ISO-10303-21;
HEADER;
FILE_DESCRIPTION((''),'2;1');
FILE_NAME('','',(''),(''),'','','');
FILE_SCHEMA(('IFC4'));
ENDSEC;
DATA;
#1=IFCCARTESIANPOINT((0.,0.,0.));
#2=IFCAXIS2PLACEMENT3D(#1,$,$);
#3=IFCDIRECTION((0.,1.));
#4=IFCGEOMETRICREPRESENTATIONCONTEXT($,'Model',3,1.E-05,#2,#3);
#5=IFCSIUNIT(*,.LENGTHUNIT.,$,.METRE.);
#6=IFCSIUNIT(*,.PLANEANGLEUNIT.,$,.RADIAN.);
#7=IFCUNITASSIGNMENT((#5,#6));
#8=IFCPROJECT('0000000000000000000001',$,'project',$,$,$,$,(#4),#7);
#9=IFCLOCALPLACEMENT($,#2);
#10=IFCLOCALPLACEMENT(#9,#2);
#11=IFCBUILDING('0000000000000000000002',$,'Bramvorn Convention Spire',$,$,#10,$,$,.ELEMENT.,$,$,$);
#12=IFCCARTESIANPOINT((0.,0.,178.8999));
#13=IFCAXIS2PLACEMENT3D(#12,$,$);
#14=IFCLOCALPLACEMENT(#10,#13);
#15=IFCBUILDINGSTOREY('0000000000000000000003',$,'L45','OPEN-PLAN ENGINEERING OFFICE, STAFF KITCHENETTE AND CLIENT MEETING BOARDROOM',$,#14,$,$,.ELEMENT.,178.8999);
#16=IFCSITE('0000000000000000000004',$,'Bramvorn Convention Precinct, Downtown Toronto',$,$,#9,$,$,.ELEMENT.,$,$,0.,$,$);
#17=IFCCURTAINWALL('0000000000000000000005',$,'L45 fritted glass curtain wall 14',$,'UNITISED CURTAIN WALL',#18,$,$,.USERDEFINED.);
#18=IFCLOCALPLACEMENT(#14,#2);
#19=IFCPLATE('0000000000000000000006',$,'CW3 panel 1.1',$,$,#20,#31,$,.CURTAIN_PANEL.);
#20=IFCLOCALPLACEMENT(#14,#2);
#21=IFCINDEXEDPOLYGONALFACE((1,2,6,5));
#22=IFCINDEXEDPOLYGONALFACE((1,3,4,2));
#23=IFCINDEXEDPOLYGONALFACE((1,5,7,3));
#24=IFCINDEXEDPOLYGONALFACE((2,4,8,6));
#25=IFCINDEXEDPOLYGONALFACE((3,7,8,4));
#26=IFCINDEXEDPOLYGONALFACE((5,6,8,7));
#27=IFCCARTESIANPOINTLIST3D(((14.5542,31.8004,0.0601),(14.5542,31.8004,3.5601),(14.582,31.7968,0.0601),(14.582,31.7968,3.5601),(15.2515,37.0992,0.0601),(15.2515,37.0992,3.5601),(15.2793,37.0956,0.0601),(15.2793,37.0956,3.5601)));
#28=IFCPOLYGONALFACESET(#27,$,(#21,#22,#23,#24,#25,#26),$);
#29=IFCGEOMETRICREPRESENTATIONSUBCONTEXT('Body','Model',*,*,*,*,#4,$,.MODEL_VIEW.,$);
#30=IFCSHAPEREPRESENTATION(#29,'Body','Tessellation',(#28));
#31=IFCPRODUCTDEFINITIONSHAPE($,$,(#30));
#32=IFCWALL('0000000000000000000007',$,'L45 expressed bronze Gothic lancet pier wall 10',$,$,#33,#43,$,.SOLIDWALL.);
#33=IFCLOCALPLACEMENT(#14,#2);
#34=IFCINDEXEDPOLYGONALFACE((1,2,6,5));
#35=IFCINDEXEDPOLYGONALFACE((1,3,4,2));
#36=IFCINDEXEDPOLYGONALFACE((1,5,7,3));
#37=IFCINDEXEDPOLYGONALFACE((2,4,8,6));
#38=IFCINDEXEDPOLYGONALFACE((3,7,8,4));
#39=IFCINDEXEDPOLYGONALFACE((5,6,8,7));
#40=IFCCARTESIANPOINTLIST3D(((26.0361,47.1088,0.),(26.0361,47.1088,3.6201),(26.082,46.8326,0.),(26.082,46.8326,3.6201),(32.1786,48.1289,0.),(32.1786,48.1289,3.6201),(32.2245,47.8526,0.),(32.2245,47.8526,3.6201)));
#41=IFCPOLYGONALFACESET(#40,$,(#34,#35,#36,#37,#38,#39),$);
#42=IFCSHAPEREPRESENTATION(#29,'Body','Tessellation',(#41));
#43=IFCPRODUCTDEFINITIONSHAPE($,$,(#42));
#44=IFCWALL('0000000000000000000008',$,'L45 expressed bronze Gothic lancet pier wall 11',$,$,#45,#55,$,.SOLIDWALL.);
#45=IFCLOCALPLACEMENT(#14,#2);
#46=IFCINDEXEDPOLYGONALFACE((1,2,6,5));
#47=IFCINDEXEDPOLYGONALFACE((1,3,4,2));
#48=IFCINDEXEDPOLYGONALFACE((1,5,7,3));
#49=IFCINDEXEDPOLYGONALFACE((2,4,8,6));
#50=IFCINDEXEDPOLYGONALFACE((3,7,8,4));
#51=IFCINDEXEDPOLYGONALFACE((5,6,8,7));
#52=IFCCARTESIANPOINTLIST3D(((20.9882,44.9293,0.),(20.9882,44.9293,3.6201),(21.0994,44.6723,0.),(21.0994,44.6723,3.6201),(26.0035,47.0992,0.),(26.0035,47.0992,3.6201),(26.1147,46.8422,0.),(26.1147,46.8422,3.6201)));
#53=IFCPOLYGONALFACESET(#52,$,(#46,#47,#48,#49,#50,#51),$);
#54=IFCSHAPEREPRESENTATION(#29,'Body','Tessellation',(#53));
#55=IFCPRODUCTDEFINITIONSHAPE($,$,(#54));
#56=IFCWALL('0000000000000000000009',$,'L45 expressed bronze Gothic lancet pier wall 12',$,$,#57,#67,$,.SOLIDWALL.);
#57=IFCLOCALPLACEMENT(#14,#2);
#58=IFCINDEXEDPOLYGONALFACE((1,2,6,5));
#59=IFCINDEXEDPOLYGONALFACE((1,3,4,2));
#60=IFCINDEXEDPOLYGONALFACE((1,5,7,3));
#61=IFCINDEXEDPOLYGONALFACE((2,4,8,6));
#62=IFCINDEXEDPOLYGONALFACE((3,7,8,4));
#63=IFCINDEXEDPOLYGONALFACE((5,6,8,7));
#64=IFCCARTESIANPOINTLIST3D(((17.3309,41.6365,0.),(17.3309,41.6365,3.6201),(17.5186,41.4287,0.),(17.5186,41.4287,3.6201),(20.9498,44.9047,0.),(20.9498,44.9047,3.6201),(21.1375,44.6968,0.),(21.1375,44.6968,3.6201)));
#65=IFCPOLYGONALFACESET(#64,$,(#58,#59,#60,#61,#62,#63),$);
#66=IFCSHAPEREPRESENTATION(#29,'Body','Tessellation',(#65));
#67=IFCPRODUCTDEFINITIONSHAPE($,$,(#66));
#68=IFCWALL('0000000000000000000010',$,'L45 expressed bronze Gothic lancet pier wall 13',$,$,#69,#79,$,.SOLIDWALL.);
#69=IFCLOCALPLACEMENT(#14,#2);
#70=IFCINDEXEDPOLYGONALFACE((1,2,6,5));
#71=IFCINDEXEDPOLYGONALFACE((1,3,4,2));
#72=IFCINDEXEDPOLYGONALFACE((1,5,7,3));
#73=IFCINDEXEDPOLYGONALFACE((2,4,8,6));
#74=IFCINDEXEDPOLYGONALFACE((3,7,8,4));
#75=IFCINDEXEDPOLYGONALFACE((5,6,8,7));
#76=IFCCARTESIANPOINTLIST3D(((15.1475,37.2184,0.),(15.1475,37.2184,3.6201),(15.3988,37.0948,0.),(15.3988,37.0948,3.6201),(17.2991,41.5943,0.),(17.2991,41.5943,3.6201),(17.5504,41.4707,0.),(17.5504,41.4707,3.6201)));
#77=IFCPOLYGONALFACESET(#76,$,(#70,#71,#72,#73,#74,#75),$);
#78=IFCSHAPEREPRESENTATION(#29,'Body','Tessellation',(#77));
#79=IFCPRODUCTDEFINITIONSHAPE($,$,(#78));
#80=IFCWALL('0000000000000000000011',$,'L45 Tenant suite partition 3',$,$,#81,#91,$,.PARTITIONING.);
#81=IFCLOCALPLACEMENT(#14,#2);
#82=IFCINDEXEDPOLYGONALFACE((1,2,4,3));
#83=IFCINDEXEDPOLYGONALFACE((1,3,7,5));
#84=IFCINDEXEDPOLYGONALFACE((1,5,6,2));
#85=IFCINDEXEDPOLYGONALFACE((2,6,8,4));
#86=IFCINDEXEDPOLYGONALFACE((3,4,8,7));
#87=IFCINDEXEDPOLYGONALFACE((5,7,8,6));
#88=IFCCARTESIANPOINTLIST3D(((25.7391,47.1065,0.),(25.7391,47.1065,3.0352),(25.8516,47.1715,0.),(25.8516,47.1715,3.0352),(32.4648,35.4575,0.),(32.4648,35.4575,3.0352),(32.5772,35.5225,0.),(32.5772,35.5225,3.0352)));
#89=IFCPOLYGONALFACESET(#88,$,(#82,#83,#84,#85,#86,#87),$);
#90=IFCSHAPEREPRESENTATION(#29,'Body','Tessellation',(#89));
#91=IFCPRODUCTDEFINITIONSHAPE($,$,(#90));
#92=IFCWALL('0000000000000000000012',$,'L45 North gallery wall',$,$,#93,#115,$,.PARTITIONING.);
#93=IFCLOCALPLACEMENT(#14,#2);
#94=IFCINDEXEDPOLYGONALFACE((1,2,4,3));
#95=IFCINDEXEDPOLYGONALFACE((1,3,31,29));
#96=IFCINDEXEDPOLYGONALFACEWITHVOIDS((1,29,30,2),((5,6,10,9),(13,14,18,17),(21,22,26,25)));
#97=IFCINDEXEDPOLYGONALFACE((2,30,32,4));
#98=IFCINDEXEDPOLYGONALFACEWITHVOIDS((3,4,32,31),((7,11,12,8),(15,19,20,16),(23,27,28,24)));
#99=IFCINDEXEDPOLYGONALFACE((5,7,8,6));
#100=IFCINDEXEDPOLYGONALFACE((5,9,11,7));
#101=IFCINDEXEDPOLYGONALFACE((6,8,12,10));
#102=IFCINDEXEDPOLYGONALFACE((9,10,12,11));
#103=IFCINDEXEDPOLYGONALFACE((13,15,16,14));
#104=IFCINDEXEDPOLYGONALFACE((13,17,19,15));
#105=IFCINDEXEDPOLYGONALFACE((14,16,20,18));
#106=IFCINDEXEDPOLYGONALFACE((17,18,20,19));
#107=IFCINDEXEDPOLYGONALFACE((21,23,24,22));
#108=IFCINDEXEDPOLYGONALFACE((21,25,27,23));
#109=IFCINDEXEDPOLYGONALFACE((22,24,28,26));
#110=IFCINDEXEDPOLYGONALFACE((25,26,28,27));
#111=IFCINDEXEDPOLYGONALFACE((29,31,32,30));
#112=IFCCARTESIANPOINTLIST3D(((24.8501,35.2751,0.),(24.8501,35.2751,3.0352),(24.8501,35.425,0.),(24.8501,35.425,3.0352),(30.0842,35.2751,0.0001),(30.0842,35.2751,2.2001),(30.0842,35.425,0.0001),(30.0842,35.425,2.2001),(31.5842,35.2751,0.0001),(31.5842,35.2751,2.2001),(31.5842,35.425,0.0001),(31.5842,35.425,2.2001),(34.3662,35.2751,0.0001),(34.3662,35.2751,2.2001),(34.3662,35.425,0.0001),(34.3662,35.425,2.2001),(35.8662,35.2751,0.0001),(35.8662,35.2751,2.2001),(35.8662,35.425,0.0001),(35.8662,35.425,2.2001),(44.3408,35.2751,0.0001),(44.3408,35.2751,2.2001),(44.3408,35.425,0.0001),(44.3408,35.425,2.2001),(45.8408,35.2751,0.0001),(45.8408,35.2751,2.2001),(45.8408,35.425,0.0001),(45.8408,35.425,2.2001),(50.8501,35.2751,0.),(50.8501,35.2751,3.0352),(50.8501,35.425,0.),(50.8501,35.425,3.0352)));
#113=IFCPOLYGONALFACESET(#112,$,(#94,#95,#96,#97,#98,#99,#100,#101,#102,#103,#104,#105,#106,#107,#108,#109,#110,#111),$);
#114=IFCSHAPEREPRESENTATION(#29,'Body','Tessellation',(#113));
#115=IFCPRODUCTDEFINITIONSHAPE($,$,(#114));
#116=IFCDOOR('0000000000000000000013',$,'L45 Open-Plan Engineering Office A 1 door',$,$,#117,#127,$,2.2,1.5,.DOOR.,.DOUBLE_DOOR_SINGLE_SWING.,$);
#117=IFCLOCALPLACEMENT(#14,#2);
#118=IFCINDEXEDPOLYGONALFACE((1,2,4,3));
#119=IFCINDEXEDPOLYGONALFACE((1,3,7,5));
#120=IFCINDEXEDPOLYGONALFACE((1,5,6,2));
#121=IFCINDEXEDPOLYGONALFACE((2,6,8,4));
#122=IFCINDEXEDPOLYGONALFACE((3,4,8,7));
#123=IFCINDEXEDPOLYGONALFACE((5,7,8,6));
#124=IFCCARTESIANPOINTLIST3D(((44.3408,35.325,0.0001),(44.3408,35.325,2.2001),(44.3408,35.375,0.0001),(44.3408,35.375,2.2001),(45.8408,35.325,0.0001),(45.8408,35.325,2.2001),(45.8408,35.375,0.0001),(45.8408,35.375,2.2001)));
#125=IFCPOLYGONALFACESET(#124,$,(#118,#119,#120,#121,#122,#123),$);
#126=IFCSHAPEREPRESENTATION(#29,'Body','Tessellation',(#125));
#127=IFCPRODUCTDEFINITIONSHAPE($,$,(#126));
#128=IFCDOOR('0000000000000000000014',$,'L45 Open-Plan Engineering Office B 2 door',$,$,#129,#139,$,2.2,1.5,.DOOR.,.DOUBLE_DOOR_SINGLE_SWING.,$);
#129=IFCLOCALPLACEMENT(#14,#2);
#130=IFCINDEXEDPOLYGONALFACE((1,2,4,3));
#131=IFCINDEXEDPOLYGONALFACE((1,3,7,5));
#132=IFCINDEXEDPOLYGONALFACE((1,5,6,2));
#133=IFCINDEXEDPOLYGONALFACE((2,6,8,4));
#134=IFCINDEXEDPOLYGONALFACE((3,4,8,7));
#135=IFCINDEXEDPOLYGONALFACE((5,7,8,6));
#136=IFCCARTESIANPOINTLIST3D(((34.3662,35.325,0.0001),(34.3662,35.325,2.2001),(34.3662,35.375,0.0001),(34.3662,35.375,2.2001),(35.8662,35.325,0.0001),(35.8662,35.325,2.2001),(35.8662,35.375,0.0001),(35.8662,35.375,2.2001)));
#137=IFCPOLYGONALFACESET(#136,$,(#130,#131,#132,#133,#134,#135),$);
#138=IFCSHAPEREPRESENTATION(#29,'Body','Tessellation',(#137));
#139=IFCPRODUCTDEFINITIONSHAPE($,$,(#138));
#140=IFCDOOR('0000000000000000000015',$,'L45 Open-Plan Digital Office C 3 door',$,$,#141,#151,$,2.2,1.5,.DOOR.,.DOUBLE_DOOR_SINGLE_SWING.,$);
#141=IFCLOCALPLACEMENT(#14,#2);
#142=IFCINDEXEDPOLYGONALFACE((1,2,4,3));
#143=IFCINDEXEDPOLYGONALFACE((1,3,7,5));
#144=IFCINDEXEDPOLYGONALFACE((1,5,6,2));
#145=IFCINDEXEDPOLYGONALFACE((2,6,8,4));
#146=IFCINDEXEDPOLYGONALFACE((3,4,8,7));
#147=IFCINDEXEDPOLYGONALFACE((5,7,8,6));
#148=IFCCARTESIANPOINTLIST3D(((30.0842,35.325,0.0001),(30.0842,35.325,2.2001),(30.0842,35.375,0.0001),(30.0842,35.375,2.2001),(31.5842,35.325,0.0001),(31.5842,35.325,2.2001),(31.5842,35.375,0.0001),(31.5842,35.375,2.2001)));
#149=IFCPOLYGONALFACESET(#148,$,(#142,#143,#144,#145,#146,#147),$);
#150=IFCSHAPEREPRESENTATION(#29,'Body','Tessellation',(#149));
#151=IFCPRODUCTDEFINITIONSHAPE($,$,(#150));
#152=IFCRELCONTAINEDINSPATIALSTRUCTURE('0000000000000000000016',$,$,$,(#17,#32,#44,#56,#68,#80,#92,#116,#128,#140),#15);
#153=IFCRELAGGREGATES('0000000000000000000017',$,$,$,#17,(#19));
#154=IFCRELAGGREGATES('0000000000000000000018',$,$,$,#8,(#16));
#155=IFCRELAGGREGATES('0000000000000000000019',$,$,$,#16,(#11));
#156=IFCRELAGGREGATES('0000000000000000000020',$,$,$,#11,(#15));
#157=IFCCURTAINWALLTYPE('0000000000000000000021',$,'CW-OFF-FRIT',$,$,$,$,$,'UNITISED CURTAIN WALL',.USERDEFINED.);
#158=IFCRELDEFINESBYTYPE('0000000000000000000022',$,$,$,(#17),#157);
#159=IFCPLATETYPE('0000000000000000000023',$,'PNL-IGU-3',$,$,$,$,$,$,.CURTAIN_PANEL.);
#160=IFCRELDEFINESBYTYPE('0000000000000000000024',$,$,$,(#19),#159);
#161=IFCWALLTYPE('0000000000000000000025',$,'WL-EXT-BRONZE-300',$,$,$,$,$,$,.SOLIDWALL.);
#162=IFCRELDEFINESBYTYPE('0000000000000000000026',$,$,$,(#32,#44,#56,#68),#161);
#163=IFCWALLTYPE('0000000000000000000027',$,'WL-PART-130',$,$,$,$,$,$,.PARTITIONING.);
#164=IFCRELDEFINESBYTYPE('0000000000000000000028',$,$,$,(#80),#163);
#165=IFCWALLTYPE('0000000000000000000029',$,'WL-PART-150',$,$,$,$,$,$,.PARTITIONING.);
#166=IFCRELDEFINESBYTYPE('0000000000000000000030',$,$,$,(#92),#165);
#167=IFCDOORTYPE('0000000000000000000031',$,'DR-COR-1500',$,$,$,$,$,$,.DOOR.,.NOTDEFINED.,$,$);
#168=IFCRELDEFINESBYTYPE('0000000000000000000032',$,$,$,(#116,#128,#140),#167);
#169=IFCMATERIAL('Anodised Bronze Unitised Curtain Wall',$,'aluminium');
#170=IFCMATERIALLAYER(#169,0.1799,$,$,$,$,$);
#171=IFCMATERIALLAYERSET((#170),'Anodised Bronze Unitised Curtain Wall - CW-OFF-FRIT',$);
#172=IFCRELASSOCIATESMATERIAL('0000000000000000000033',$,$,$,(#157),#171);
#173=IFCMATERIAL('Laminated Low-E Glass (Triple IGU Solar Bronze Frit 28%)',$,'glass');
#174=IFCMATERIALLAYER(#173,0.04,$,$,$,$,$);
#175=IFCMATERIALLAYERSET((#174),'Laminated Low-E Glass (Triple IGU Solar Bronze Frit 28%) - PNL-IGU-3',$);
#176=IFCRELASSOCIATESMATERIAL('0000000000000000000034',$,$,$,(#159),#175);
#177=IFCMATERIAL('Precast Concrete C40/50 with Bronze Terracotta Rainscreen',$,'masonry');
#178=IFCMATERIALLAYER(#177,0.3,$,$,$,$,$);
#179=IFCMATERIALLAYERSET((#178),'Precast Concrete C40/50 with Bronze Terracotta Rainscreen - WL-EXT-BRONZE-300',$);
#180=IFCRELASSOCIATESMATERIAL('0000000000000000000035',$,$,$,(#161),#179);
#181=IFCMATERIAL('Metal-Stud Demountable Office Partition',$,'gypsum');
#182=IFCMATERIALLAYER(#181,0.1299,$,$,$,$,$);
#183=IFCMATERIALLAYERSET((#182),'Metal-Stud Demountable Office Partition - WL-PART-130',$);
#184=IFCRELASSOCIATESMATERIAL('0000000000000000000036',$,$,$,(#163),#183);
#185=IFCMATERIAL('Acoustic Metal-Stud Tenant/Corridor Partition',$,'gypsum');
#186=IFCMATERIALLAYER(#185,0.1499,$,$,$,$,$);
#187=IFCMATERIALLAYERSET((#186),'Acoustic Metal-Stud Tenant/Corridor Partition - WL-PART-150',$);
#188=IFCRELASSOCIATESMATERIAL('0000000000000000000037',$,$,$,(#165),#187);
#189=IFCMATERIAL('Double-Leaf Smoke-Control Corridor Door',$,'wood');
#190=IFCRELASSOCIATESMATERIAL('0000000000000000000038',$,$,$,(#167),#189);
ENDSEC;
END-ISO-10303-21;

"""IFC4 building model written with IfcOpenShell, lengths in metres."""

from ifc_helpers import new_model, si_unit, direction, frame, frame_2d, origin, origin_2d, place, context, subcontext, project, spatial, rectangle, extrude, material, layer, layer_set, type_object, element, fill, aggregate, save


model = new_model("IFC4")

# Units and contexts
model_context = context("Model", 3, precision=1e-05, world=origin(), true_north=direction((0.0, 1.0)))
body_context = subcontext(model_context, "Body", "Model", "MODEL_VIEW")
ifc_project = project(units=[si_unit("LENGTHUNIT", "METRE"), si_unit("PLANEANGLEUNIT", "RADIAN")], contexts=[model_context])

# Site, building, storey
site_placement = place(None, origin())
site = spatial("IfcSite", under=ifc_project, at=site_placement, Name="Bramvorn Convention Precinct, Downtown Toronto", CompositionType="ELEMENT", RefElevation=0.0)
building_placement = place(site_placement, origin())
building = spatial("IfcBuilding", under=site, at=building_placement, Name="Bramvorn Convention Spire", CompositionType="ELEMENT")
storey_placement = place(building_placement, frame((0.0, 0.0, 178.8999)))
storey = spatial("IfcBuildingStorey", under=building, at=storey_placement, Name="L45", Description="OPEN-PLAN ENGINEERING OFFICE, STAFF KITCHENETTE AND CLIENT MEETING BOARDROOM", CompositionType="ELEMENT", Elevation=178.8999)

# Curtain wall
ifc_material_1 = material(Name="Anodised Bronze Unitised Curtain Wall", Category="aluminium")
ifc_layer_1 = layer(ifc_material_1, 0.1799)
ifc_layer_set_1 = layer_set([ifc_layer_1], Name="Anodised Bronze Unitised Curtain Wall - CW-OFF-FRIT")
curtain_wall_type = type_object("IfcCurtainWallType", Name="CW-OFF-FRIT", ElementType="UNITISED CURTAIN WALL", PredefinedType="USERDEFINED", material=ifc_layer_set_1)
curtain_wall_1_placement = place(storey_placement, origin())
curtain_wall_1 = element("IfcCurtainWall", 1, at=curtain_wall_1_placement, inside=storey, type_object=curtain_wall_type, Name="L45 fritted glass curtain wall 14", ObjectType="UNITISED CURTAIN WALL", PredefinedType="USERDEFINED")

# Plate
ifc_material_2 = material(Name="Laminated Low-E Glass (Triple IGU Solar Bronze Frit 28%)", Category="glass")
ifc_layer_2 = layer(ifc_material_2, 0.04)
ifc_layer_set_2 = layer_set([ifc_layer_2], Name="Laminated Low-E Glass (Triple IGU Solar Bronze Frit 28%) - PNL-IGU-3")
plate_type = type_object("IfcPlateType", Name="PNL-IGU-3", PredefinedType="CURTAIN_PANEL", material=ifc_layer_set_2)
plate_1_placement = place(storey_placement, frame((14.9167, 34.448, 0.0601), z_axis=(0.0, 0.0, 1.0), x_axis=(0.13046, 0.991454, 0.0)))
plate_1 = element("IfcPlate", 2, at=plate_1_placement, type_object=plate_type, Name="CW3 panel 1.1", PredefinedType="CURTAIN_PANEL", context=body_context, shape_type="SweptSolid", body=[
    extrude(rectangle(XDim=5.3445, YDim=0.0281, at=origin_2d()), origin(), (0.0, 0.0, 1.0), 3.5),
])
aggregate(curtain_wall_1, [plate_1])

# Walls
ifc_material_3 = material(Name="Precast Concrete C40/50 with Bronze Terracotta Rainscreen", Category="masonry")
ifc_layer_3 = layer(ifc_material_3, 0.3)
ifc_layer_set_3 = layer_set([ifc_layer_3], Name="Precast Concrete C40/50 with Bronze Terracotta Rainscreen - WL-EXT-BRONZE-300")
wall_type_1 = type_object("IfcWallType", Name="WL-EXT-BRONZE-300", PredefinedType="SOLIDWALL", material=ifc_layer_set_3)
wall_1_placement = place(storey_placement, frame((26.0591, 46.9707, 0.0), z_axis=(0.0, 0.0, 1.0), x_axis=(0.98649, 0.16382, 0.0)))
element("IfcWall", 3, at=wall_1_placement, inside=storey, type_object=wall_type_1, Name="L45 expressed bronze Gothic lancet pier wall 10", PredefinedType="SOLIDWALL", context=body_context, shape_type="SweptSolid", body=[
    extrude(rectangle(XDim=6.2266, YDim=0.28, at=frame_2d((3.1133, 0.0))), origin(), (0.0, 0.0, 1.0), 3.6201),
])
wall_2_placement = place(storey_placement, frame((21.0437, 44.8008, 0.0), z_axis=(0.0, 0.0, 1.0), x_axis=(0.917783, 0.397082, 0.0)))
element("IfcWall", 4, at=wall_2_placement, inside=storey, type_object=wall_type_1, Name="L45 expressed bronze Gothic lancet pier wall 11", PredefinedType="SOLIDWALL", context=body_context, shape_type="SweptSolid", body=[
    extrude(rectangle(XDim=5.4646, YDim=0.28, at=frame_2d((2.7324, 0.0))), origin(), (0.0, 0.0, 1.0), 3.6201),
])
for number, where, z_axis, x_axis, name in (
    (5, (17.4248, 41.5327, 0.0), (0.0, 0.0, 1.0), (0.742165, 0.670217, 0.0), "L45 expressed bronze Gothic lancet pier wall 12"),
    (6, (15.2732, 37.1567, 0.0), (0.0, 0.0, 1.0), (0.441236, 0.897391, 0.0), "L45 expressed bronze Gothic lancet pier wall 13"),
):
    element("IfcWall", number, at=place(storey_placement, frame(where, z_axis=z_axis, x_axis=x_axis)), inside=storey, type_object=wall_type_1, Name=name, PredefinedType="SOLIDWALL", context=body_context, shape_type="SweptSolid", body=[
        extrude(rectangle(XDim=4.8762, YDim=0.28, at=frame_2d((2.438, 0.0))), origin(), (0.0, 0.0, 1.0), 3.6201),
    ])
ifc_material_4 = material(Name="Metal-Stud Demountable Office Partition", Category="gypsum")
ifc_layer_4 = layer(ifc_material_4, 0.1299)
ifc_layer_set_4 = layer_set([ifc_layer_4], Name="Metal-Stud Demountable Office Partition - WL-PART-130")
wall_type_2 = type_object("IfcWallType", Name="WL-PART-130", PredefinedType="PARTITIONING", material=ifc_layer_set_4)
wall_3_placement = place(storey_placement, frame((32.521, 35.49, 0.0), z_axis=(0.0, 0.0, 1.0), x_axis=(-0.500004, 0.866023, 0.0)))
element("IfcWall", 7, at=wall_3_placement, inside=storey, type_object=wall_type_2, Name="L45 Tenant suite partition 3", PredefinedType="PARTITIONING", context=body_context, shape_type="SweptSolid", body=[
    extrude(rectangle(XDim=13.4512, YDim=0.1299, at=frame_2d((6.7256, 0.0))), origin(), (0.0, 0.0, 1.0), 3.0352),
])

# Wall, openings, doors
ifc_material_5 = material(Name="Acoustic Metal-Stud Tenant/Corridor Partition", Category="gypsum")
ifc_layer_5 = layer(ifc_material_5, 0.1499)
ifc_layer_set_5 = layer_set([ifc_layer_5], Name="Acoustic Metal-Stud Tenant/Corridor Partition - WL-PART-150")
wall_type_3 = type_object("IfcWallType", Name="WL-PART-150", PredefinedType="PARTITIONING", material=ifc_layer_set_5)
wall_4_placement = place(storey_placement, frame((24.8501, 35.3501, 0.0), z_axis=(0.0, 0.0, 1.0), x_axis=(1.0, 0.0, 0.0)))
wall_4 = element("IfcWall", 8, at=wall_4_placement, inside=storey, type_object=wall_type_3, Name="L45 North gallery wall", PredefinedType="PARTITIONING", context=body_context, shape_type="SweptSolid", body=[
    extrude(rectangle(XDim=26.0, YDim=0.1499, at=frame_2d((13.0, 0.0))), origin(), (0.0, 0.0, 1.0), 3.0352),
])
opening_1_placement = place(wall_4_placement, frame((19.4907, 0.0, 0.0)))
opening_1 = element("IfcOpeningElement", 9, at=opening_1_placement, cuts=wall_4, PredefinedType="OPENING", context=body_context, shape_type="SweptSolid", body=[
    extrude(rectangle(XDim=1.5, YDim=2.2, at=frame_2d((0.75, 1.1001))), frame((0.0, 0.085, 0.0), z_axis=(0.0, -1.0, 0.0), x_axis=(1.0, 0.0, 0.0)), (0.0, 0.0, 1.0), 0.1699),
])
opening_2_placement = place(wall_4_placement, frame((9.5161, 0.0, 0.0)))
opening_2 = element("IfcOpeningElement", 10, at=opening_2_placement, cuts=wall_4, PredefinedType="OPENING", context=body_context, shape_type="SweptSolid", body=[
    extrude(rectangle(XDim=1.5, YDim=2.2, at=frame_2d((0.75, 1.1001))), frame((0.0, 0.085, 0.0), z_axis=(0.0, -1.0, 0.0), x_axis=(1.0, 0.0, 0.0)), (0.0, 0.0, 1.0), 0.1699),
])
opening_3_placement = place(wall_4_placement, frame((5.2341, 0.0, 0.0)))
opening_3 = element("IfcOpeningElement", 11, at=opening_3_placement, cuts=wall_4, PredefinedType="OPENING", context=body_context, shape_type="SweptSolid", body=[
    extrude(rectangle(XDim=1.5, YDim=2.2, at=frame_2d((0.75, 1.1001))), frame((0.0, 0.085, 0.0), z_axis=(0.0, -1.0, 0.0), x_axis=(1.0, 0.0, 0.0)), (0.0, 0.0, 1.0), 0.1699),
])
ifc_material_6 = material(Name="Double-Leaf Smoke-Control Corridor Door", Category="wood")
door_type = type_object("IfcDoorType", Name="DR-COR-1500", OperationType="NOTDEFINED", PredefinedType="DOOR", material=ifc_material_6)
door_1_placement = place(opening_1_placement, origin())
door_1 = element("IfcDoor", 12, at=door_1_placement, inside=storey, type_object=door_type, Name="L45 Open-Plan Engineering Office A 1 door", OperationType="DOUBLE_DOOR_SINGLE_SWING", OverallHeight=2.2, OverallWidth=1.5, PredefinedType="DOOR", context=body_context, shape_type="SweptSolid", body=[
    extrude(rectangle(XDim=1.5, YDim=2.2, at=frame_2d((0.75, 1.1001))), frame((0.0, 0.0249, 0.0), z_axis=(0.0, -1.0, 0.0), x_axis=(1.0, 0.0, 0.0)), (0.0, 0.0, 1.0), 0.05),
])
fill(opening_1, door_1)
door_2_placement = place(opening_2_placement, origin())
door_2 = element("IfcDoor", 13, at=door_2_placement, inside=storey, type_object=door_type, Name="L45 Open-Plan Engineering Office B 2 door", OperationType="DOUBLE_DOOR_SINGLE_SWING", OverallHeight=2.2, OverallWidth=1.5, PredefinedType="DOOR", context=body_context, shape_type="SweptSolid", body=[
    extrude(rectangle(XDim=1.5, YDim=2.2, at=frame_2d((0.75, 1.1001))), frame((0.0, 0.0249, 0.0), z_axis=(0.0, -1.0, 0.0), x_axis=(1.0, 0.0, 0.0)), (0.0, 0.0, 1.0), 0.05),
])
fill(opening_2, door_2)
door_3_placement = place(opening_3_placement, origin())
door_3 = element("IfcDoor", 14, at=door_3_placement, inside=storey, type_object=door_type, Name="L45 Open-Plan Digital Office C 3 door", OperationType="DOUBLE_DOOR_SINGLE_SWING", OverallHeight=2.2, OverallWidth=1.5, PredefinedType="DOOR", context=body_context, shape_type="SweptSolid", body=[
    extrude(rectangle(XDim=1.5, YDim=2.2, at=frame_2d((0.75, 1.1001))), frame((0.0, 0.0249, 0.0), z_axis=(0.0, -1.0, 0.0), x_axis=(1.0, 0.0, 0.0)), (0.0, 0.0, 1.0), 0.05),
])
fill(opening_3, door_3)

save(model, "model.ifc")
